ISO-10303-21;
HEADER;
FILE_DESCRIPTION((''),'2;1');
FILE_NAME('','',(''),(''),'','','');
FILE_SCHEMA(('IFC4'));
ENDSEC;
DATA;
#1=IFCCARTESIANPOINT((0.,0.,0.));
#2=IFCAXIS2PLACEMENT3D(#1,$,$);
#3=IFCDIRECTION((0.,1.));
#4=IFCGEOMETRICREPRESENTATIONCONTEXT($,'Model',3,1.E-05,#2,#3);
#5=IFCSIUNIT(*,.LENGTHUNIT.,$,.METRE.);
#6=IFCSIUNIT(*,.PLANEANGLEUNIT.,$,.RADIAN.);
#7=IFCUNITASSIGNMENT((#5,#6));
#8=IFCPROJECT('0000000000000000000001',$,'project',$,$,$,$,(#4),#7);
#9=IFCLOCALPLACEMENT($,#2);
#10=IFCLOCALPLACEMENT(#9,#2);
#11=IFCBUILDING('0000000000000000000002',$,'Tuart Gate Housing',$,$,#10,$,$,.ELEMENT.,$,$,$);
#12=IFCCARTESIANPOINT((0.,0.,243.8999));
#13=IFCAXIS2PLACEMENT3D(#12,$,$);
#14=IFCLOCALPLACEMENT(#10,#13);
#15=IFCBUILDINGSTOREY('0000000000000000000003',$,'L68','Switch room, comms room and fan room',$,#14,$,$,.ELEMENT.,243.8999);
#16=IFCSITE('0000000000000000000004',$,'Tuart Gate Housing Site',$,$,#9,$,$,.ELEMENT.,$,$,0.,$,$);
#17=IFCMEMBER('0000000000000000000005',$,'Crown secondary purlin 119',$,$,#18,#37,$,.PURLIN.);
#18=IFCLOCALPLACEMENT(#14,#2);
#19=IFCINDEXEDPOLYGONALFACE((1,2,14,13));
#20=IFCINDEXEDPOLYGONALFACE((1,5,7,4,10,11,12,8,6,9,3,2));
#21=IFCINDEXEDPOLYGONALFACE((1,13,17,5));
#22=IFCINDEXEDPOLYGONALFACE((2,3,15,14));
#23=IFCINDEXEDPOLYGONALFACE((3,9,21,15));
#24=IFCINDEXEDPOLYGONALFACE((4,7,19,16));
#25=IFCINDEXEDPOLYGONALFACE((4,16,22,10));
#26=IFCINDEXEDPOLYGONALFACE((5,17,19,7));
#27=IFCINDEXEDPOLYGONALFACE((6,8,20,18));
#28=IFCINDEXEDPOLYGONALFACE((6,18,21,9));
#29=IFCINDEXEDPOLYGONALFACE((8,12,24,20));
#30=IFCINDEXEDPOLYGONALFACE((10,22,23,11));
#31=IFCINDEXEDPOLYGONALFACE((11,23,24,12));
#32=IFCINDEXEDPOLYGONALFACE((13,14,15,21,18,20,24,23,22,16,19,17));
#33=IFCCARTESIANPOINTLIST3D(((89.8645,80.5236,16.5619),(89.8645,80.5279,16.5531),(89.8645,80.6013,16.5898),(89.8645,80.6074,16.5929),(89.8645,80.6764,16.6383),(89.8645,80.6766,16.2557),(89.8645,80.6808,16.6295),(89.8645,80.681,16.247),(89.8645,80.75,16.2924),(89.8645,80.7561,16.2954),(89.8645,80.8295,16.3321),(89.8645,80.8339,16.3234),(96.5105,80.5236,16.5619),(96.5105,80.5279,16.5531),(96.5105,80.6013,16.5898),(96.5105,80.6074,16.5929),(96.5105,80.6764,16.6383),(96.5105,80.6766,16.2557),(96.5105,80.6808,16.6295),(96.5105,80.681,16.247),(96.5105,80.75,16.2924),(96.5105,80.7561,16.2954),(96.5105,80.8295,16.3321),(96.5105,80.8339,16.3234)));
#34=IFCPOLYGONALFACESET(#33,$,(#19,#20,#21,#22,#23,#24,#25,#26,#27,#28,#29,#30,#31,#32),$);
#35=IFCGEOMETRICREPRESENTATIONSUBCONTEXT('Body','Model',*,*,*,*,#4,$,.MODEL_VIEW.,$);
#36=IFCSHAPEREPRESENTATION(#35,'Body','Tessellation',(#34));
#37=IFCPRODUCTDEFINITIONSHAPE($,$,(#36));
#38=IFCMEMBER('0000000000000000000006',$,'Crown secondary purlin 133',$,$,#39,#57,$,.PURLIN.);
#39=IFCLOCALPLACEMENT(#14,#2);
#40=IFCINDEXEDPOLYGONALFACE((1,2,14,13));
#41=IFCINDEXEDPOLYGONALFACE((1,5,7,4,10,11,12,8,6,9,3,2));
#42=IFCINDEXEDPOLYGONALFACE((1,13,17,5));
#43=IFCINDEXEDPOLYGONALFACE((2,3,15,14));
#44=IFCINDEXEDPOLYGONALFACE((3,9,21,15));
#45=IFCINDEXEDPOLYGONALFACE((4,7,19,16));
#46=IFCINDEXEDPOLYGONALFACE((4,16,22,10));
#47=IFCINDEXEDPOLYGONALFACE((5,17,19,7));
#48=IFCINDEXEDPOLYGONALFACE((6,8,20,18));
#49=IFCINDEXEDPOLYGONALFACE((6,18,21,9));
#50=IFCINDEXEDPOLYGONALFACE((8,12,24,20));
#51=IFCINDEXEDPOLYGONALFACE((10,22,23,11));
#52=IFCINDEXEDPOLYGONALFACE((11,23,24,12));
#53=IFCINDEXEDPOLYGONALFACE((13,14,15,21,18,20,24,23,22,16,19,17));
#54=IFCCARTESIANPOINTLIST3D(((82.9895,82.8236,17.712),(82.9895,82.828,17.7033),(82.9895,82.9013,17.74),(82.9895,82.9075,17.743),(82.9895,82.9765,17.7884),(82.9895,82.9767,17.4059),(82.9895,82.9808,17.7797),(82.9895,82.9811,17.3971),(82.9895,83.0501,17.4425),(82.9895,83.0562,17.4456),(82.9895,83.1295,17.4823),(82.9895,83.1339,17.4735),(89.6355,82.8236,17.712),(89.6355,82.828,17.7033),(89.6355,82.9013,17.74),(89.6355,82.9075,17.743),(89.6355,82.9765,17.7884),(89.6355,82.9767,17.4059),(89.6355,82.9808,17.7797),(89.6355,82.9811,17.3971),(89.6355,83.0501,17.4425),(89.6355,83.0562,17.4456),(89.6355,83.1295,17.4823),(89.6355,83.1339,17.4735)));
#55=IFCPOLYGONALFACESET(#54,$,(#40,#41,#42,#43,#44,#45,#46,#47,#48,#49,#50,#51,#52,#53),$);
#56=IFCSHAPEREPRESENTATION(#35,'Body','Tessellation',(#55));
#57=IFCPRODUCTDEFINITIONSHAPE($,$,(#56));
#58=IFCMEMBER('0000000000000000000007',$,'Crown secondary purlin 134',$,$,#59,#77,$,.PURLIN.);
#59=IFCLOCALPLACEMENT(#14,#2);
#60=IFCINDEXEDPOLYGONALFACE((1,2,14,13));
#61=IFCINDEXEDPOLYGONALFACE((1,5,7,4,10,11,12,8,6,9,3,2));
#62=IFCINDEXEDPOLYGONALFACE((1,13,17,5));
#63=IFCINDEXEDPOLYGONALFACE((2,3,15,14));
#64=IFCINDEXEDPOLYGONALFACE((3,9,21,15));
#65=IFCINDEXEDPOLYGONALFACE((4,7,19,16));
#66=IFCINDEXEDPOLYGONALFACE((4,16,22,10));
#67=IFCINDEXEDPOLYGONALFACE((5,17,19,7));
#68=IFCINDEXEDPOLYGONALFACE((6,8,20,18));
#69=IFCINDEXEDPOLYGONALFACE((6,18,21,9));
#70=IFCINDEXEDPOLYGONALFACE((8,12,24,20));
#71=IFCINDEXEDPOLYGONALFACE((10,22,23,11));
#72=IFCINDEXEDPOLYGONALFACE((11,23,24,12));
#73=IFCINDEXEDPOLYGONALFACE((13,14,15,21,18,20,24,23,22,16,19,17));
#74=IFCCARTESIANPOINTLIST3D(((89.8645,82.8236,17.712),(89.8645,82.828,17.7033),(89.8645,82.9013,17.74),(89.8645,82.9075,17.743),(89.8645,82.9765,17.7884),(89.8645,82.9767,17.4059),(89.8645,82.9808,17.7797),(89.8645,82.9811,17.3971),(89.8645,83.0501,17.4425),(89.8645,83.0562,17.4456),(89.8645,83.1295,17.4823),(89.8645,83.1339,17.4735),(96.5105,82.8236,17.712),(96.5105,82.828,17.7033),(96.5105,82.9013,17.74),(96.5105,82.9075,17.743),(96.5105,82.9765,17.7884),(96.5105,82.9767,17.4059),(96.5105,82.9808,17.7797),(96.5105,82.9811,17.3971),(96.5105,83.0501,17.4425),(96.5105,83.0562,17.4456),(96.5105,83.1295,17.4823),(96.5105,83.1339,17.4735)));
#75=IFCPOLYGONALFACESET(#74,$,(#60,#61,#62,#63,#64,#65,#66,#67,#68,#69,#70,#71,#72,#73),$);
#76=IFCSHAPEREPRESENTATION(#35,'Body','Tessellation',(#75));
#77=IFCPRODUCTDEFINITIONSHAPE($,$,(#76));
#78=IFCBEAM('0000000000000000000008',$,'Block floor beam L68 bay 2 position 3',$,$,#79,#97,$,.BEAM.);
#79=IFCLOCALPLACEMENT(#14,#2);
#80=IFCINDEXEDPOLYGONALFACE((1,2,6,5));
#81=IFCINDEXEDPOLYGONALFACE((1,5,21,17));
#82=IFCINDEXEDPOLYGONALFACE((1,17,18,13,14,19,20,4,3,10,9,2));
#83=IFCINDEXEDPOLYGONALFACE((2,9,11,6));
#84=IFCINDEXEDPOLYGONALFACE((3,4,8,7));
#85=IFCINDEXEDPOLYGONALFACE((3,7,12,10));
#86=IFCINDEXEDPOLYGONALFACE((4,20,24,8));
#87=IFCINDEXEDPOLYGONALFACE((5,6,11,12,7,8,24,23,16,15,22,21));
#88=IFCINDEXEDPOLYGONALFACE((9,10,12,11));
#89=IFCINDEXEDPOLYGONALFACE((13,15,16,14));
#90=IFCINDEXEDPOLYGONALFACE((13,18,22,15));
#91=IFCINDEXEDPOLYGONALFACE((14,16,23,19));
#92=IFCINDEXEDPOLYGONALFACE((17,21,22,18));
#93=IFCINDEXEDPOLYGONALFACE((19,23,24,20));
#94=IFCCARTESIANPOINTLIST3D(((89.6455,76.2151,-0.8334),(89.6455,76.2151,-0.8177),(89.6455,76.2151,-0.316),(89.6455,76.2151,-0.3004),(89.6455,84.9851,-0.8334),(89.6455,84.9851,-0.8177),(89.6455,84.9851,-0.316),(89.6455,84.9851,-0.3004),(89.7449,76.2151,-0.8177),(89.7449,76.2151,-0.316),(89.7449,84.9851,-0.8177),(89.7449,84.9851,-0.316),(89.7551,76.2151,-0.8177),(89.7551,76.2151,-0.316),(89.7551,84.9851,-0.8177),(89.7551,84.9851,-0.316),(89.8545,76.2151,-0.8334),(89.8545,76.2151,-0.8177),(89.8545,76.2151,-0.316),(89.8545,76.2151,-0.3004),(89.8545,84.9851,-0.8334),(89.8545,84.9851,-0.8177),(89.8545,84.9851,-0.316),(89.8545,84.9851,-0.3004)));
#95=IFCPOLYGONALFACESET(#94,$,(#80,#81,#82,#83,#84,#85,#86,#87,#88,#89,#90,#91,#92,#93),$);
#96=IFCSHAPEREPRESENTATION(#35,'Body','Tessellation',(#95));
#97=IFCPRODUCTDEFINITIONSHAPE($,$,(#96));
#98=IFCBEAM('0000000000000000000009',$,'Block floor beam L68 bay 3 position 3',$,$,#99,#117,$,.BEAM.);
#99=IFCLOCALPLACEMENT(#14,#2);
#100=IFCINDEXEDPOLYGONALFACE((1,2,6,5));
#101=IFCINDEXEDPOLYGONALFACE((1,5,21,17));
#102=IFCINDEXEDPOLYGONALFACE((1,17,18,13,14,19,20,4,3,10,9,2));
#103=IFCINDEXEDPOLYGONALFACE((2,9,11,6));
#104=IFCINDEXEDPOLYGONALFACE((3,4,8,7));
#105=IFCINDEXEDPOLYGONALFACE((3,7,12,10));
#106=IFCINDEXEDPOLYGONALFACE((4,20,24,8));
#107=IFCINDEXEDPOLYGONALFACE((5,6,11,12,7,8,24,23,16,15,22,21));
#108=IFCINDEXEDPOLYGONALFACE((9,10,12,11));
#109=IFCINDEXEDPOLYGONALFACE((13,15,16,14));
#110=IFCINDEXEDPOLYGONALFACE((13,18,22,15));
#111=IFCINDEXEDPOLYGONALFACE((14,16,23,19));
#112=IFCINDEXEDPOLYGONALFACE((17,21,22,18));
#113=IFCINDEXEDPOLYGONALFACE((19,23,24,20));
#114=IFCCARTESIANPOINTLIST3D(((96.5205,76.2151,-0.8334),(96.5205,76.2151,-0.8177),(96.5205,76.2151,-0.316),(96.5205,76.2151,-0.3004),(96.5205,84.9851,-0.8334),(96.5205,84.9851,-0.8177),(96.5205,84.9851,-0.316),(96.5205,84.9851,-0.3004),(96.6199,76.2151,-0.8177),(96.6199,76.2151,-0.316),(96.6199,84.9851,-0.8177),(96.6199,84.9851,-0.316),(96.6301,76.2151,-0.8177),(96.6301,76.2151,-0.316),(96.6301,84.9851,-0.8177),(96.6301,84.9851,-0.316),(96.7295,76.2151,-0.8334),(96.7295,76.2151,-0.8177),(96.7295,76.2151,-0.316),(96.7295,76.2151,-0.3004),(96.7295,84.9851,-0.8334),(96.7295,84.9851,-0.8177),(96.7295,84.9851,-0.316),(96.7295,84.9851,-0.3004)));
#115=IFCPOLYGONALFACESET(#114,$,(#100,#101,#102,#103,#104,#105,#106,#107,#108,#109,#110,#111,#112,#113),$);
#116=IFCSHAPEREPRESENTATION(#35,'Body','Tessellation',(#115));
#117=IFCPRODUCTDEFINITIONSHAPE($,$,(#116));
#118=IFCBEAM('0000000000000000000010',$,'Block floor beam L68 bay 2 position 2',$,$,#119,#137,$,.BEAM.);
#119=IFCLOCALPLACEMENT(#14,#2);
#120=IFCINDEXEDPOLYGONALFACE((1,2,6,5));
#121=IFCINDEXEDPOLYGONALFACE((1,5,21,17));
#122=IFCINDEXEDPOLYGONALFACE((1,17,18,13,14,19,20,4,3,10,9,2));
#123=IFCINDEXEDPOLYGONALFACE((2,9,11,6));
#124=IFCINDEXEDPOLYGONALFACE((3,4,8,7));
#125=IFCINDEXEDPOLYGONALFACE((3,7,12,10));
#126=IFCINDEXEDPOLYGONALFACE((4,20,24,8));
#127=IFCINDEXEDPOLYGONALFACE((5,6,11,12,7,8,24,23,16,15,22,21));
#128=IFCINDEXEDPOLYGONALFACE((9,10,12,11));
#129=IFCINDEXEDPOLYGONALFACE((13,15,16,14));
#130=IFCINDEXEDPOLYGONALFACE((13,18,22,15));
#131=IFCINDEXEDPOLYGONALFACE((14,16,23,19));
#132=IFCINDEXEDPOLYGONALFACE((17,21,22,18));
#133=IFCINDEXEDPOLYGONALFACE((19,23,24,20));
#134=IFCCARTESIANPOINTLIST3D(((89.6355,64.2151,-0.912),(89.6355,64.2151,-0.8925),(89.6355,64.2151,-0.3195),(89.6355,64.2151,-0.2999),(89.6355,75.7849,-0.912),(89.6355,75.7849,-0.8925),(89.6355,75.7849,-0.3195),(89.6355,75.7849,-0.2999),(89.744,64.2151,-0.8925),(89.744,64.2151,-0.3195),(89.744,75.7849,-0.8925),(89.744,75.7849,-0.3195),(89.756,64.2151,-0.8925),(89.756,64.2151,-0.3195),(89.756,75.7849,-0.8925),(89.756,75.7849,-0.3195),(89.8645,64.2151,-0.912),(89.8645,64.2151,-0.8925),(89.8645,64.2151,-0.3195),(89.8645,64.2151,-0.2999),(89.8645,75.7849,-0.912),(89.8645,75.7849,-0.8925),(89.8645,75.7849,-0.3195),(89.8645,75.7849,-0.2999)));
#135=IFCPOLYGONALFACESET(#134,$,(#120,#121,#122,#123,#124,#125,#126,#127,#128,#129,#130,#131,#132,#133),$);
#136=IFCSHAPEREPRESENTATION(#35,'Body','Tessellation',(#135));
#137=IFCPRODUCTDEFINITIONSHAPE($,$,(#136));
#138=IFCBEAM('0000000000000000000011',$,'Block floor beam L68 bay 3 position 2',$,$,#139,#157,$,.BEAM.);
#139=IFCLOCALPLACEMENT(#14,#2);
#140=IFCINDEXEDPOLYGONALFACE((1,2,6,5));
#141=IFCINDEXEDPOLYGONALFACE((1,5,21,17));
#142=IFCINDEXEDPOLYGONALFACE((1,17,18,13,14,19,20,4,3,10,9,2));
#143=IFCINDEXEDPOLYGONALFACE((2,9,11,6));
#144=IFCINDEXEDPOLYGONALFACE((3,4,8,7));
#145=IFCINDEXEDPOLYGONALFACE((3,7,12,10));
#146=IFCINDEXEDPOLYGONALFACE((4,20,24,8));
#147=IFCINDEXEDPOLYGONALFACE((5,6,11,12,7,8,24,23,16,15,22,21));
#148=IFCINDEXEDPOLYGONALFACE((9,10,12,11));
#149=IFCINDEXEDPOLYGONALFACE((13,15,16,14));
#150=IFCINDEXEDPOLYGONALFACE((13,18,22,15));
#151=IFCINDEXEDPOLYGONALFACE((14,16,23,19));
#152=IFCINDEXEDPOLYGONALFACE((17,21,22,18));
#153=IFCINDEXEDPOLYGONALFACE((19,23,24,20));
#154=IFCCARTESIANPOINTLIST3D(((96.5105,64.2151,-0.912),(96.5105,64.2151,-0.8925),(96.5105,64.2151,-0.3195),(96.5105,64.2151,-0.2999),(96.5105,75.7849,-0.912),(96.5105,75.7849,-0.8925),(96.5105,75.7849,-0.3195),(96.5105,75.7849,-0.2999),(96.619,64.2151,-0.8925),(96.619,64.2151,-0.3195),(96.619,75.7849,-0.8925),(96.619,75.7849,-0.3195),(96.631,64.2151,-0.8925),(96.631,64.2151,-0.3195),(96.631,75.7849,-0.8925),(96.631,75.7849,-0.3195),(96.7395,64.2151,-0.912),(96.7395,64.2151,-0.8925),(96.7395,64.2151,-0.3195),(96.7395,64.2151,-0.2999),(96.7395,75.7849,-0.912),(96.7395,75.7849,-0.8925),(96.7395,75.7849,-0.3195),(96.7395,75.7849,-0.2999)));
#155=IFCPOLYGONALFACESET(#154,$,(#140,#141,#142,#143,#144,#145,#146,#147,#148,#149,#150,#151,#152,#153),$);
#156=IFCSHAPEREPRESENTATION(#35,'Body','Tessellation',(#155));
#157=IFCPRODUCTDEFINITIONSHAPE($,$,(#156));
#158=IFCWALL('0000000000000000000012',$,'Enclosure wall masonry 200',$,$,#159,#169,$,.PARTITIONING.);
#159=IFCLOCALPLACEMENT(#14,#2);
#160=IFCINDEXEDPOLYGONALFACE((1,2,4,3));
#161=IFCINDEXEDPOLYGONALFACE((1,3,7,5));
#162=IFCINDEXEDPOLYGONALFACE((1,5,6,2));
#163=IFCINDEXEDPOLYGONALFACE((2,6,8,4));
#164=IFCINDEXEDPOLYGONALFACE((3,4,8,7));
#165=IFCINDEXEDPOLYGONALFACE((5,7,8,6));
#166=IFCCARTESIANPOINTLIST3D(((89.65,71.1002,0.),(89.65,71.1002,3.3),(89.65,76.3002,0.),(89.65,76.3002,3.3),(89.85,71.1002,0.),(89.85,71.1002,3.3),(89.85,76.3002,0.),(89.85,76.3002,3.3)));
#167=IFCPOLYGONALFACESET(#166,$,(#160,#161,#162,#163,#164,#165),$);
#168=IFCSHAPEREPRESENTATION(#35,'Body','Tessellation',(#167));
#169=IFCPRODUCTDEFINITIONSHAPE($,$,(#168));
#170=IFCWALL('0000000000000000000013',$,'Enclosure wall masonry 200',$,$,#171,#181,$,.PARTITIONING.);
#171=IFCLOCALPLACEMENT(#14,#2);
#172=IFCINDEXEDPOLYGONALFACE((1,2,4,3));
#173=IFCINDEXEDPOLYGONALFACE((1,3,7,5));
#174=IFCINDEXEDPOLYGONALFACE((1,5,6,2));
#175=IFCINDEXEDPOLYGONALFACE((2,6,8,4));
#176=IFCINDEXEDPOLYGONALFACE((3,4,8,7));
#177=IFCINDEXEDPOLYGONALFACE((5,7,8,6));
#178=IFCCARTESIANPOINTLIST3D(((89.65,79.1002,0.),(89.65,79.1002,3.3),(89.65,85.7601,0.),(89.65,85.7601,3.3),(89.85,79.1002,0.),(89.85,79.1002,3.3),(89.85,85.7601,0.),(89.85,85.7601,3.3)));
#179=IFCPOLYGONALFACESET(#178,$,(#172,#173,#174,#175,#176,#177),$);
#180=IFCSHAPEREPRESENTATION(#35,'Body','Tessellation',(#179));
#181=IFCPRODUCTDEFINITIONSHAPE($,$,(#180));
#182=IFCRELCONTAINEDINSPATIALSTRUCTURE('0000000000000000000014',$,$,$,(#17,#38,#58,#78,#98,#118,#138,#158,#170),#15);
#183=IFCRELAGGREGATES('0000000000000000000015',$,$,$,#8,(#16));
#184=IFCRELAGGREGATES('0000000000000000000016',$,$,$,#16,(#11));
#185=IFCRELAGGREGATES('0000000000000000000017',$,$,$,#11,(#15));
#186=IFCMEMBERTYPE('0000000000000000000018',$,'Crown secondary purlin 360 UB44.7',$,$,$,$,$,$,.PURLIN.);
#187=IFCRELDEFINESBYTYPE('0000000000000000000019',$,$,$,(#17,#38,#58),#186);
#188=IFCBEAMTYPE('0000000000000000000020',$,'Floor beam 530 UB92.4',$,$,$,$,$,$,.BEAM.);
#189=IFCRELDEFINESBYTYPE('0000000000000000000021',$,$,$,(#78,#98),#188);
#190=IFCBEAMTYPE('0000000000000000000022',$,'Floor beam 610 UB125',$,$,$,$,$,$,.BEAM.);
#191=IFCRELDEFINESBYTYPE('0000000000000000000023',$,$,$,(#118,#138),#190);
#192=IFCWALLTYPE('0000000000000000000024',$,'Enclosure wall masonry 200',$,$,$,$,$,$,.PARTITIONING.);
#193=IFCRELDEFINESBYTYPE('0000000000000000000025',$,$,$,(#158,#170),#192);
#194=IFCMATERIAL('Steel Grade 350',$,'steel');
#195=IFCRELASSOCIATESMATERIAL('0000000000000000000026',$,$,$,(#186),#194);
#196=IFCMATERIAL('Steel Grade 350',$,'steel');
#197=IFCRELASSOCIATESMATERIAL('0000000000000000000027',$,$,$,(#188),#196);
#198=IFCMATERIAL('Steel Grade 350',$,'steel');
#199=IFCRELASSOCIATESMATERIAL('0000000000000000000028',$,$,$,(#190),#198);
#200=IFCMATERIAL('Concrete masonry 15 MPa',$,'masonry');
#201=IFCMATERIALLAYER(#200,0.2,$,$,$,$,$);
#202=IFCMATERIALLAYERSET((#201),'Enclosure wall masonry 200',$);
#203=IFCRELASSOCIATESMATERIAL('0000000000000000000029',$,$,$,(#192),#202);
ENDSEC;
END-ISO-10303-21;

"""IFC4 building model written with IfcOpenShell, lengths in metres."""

from ifc_helpers import new_model, si_unit, direction, frame, frame_2d, origin, origin_2d, place, context, subcontext, project, spatial, rectangle, i_section, extrude, material, layer, layer_set, material_profile, profile_set, type_object, element, save


model = new_model("IFC4")

# Units and contexts
model_context = context("Model", 3, precision=1e-05, world=origin(), true_north=direction((0.0, 1.0)))
body_context = subcontext(model_context, "Body", "Model", "MODEL_VIEW")
ifc_project = project(units=[si_unit("LENGTHUNIT", "METRE"), si_unit("PLANEANGLEUNIT", "RADIAN")], contexts=[model_context])

# Site, building, storey
site_placement = place(None, origin())
site = spatial("IfcSite", under=ifc_project, at=site_placement, Name="Tuart Gate Housing Site", CompositionType="ELEMENT", RefElevation=0.0)
building_placement = place(site_placement, origin())
building = spatial("IfcBuilding", under=site, at=building_placement, Name="Tuart Gate Housing", CompositionType="ELEMENT")
storey_placement = place(building_placement, frame((0.0, 0.0, 243.8999)))
storey = spatial("IfcBuildingStorey", under=building, at=storey_placement, Name="L68", Description="Switch room, comms room and fan room", CompositionType="ELEMENT", Elevation=243.8999)

# Members
ifc_material_1 = material(Name="Steel Grade 350", Category="steel")
ifc_material_profile_1 = material_profile(ifc_material_1, i_section(OverallWidth=0.1709, OverallDepth=0.3521, WebThickness=0.0068, FlangeThickness=0.0098, at=origin_2d()), Name="360UB44.7")
ifc_profile_set_1 = profile_set([ifc_material_profile_1], Name="Steel Grade 350")
member_type_1 = type_object("IfcMemberType", Name="Crown secondary purlin 360 UB44.7", PredefinedType="PURLIN", material=ifc_profile_set_1)
for number, where, z_axis, x_axis, name in (
    (1, (89.8645, 80.6787, 16.4426), (1.0, 0.0, 0.0), (0.0, 0.894427, 0.447214), "Crown secondary purlin 119"),
    (2, (82.9895, 82.9788, 17.5928), (1.0, 0.0, 0.0), (0.0, 0.894427, 0.447214), "Crown secondary purlin 133"),
    (3, (89.8645, 82.9788, 17.5928), (1.0, 0.0, 0.0), (0.0, 0.894427, 0.447214), "Crown secondary purlin 134"),
):
    element("IfcMember", number, at=place(storey_placement, frame(where, z_axis=z_axis, x_axis=x_axis)), inside=storey, type_object=member_type_1, Name=name, PredefinedType="PURLIN", context=body_context, shape_type="SweptSolid", body=[
        extrude(i_section(OverallWidth=0.1709, OverallDepth=0.3521, WebThickness=0.0068, FlangeThickness=0.0098, at=origin_2d()), origin(), (0.0, 0.0, 1.0), 6.646),
    ])

# Beams
ifc_material_2 = material(Name="Steel Grade 350", Category="steel")
ifc_material_profile_2 = material_profile(ifc_material_2, i_section(OverallWidth=0.209, OverallDepth=0.533, WebThickness=0.0103, FlangeThickness=0.0156, at=origin_2d()), Name="530UB92.4")
ifc_profile_set_2 = profile_set([ifc_material_profile_2], Name="Steel Grade 350")
beam_type_1 = type_object("IfcBeamType", Name="Floor beam 530 UB92.4", PredefinedType="BEAM", material=ifc_profile_set_2)
for number, where, z_axis, x_axis, name in (
    (4, (89.75, 76.2151, -0.5669), (0.0, 1.0, 0.0), (-1.0, 0.0, 0.0), "Block floor beam L68 bay 2 position 3"),
    (5, (96.625, 76.2151, -0.5669), (0.0, 1.0, 0.0), (-1.0, 0.0, 0.0), "Block floor beam L68 bay 3 position 3"),
):
    element("IfcBeam", number, at=place(storey_placement, frame(where, z_axis=z_axis, x_axis=x_axis)), inside=storey, type_object=beam_type_1, Name=name, PredefinedType="BEAM", context=body_context, shape_type="SweptSolid", body=[
        extrude(i_section(OverallWidth=0.209, OverallDepth=0.533, WebThickness=0.0103, FlangeThickness=0.0156, at=origin_2d()), origin(), (0.0, 0.0, 1.0), 8.77),
    ])
ifc_material_3 = material(Name="Steel Grade 350", Category="steel")
ifc_material_profile_3 = material_profile(ifc_material_3, i_section(OverallWidth=0.229, OverallDepth=0.6121, WebThickness=0.012, FlangeThickness=0.0195, at=origin_2d()), Name="610UB125")
ifc_profile_set_3 = profile_set([ifc_material_profile_3], Name="Steel Grade 350")
beam_type_2 = type_object("IfcBeamType", Name="Floor beam 610 UB125", PredefinedType="BEAM", material=ifc_profile_set_3)
for number, where, z_axis, x_axis, name in (
    (6, (89.75, 64.2151, -0.606), (0.0, 1.0, 0.0), (-1.0, 0.0, 0.0), "Block floor beam L68 bay 2 position 2"),
    (7, (96.625, 64.2151, -0.606), (0.0, 1.0, 0.0), (-1.0, 0.0, 0.0), "Block floor beam L68 bay 3 position 2"),
):
    element("IfcBeam", number, at=place(storey_placement, frame(where, z_axis=z_axis, x_axis=x_axis)), inside=storey, type_object=beam_type_2, Name=name, PredefinedType="BEAM", context=body_context, shape_type="SweptSolid", body=[
        extrude(i_section(OverallWidth=0.229, OverallDepth=0.6121, WebThickness=0.012, FlangeThickness=0.0195, at=origin_2d()), origin(), (0.0, 0.0, 1.0), 11.5698),
    ])

# Walls
ifc_material_4 = material(Name="Concrete masonry 15 MPa", Category="masonry")
ifc_layer = layer(ifc_material_4, 0.2)
ifc_layer_set = layer_set([ifc_layer], Name="Enclosure wall masonry 200")
wall_type = type_object("IfcWallType", Name="Enclosure wall masonry 200", PredefinedType="PARTITIONING", material=ifc_layer_set)
wall_1_placement = place(storey_placement, frame((89.75, 71.1001, 0.0), z_axis=(0.0, 0.0, 1.0), x_axis=(0.0, 1.0, 0.0)))
element("IfcWall", 8, at=wall_1_placement, inside=storey, type_object=wall_type, Name="Enclosure wall masonry 200", PredefinedType="PARTITIONING", context=body_context, shape_type="SweptSolid", body=[
    extrude(rectangle(XDim=5.2, YDim=0.2, at=frame_2d((2.6001, 0.0))), origin(), (0.0, 0.0, 1.0), 3.3),
])
wall_2_placement = place(storey_placement, frame((89.75, 79.1001, 0.0), z_axis=(0.0, 0.0, 1.0), x_axis=(0.0, 1.0, 0.0)))
element("IfcWall", 9, at=wall_2_placement, inside=storey, type_object=wall_type, Name="Enclosure wall masonry 200", PredefinedType="PARTITIONING", context=body_context, shape_type="SweptSolid", body=[
    extrude(rectangle(XDim=6.6599, YDim=0.2, at=frame_2d((3.3301, 0.0))), origin(), (0.0, 0.0, 1.0), 3.3),
])

save(model, "model.ifc")
